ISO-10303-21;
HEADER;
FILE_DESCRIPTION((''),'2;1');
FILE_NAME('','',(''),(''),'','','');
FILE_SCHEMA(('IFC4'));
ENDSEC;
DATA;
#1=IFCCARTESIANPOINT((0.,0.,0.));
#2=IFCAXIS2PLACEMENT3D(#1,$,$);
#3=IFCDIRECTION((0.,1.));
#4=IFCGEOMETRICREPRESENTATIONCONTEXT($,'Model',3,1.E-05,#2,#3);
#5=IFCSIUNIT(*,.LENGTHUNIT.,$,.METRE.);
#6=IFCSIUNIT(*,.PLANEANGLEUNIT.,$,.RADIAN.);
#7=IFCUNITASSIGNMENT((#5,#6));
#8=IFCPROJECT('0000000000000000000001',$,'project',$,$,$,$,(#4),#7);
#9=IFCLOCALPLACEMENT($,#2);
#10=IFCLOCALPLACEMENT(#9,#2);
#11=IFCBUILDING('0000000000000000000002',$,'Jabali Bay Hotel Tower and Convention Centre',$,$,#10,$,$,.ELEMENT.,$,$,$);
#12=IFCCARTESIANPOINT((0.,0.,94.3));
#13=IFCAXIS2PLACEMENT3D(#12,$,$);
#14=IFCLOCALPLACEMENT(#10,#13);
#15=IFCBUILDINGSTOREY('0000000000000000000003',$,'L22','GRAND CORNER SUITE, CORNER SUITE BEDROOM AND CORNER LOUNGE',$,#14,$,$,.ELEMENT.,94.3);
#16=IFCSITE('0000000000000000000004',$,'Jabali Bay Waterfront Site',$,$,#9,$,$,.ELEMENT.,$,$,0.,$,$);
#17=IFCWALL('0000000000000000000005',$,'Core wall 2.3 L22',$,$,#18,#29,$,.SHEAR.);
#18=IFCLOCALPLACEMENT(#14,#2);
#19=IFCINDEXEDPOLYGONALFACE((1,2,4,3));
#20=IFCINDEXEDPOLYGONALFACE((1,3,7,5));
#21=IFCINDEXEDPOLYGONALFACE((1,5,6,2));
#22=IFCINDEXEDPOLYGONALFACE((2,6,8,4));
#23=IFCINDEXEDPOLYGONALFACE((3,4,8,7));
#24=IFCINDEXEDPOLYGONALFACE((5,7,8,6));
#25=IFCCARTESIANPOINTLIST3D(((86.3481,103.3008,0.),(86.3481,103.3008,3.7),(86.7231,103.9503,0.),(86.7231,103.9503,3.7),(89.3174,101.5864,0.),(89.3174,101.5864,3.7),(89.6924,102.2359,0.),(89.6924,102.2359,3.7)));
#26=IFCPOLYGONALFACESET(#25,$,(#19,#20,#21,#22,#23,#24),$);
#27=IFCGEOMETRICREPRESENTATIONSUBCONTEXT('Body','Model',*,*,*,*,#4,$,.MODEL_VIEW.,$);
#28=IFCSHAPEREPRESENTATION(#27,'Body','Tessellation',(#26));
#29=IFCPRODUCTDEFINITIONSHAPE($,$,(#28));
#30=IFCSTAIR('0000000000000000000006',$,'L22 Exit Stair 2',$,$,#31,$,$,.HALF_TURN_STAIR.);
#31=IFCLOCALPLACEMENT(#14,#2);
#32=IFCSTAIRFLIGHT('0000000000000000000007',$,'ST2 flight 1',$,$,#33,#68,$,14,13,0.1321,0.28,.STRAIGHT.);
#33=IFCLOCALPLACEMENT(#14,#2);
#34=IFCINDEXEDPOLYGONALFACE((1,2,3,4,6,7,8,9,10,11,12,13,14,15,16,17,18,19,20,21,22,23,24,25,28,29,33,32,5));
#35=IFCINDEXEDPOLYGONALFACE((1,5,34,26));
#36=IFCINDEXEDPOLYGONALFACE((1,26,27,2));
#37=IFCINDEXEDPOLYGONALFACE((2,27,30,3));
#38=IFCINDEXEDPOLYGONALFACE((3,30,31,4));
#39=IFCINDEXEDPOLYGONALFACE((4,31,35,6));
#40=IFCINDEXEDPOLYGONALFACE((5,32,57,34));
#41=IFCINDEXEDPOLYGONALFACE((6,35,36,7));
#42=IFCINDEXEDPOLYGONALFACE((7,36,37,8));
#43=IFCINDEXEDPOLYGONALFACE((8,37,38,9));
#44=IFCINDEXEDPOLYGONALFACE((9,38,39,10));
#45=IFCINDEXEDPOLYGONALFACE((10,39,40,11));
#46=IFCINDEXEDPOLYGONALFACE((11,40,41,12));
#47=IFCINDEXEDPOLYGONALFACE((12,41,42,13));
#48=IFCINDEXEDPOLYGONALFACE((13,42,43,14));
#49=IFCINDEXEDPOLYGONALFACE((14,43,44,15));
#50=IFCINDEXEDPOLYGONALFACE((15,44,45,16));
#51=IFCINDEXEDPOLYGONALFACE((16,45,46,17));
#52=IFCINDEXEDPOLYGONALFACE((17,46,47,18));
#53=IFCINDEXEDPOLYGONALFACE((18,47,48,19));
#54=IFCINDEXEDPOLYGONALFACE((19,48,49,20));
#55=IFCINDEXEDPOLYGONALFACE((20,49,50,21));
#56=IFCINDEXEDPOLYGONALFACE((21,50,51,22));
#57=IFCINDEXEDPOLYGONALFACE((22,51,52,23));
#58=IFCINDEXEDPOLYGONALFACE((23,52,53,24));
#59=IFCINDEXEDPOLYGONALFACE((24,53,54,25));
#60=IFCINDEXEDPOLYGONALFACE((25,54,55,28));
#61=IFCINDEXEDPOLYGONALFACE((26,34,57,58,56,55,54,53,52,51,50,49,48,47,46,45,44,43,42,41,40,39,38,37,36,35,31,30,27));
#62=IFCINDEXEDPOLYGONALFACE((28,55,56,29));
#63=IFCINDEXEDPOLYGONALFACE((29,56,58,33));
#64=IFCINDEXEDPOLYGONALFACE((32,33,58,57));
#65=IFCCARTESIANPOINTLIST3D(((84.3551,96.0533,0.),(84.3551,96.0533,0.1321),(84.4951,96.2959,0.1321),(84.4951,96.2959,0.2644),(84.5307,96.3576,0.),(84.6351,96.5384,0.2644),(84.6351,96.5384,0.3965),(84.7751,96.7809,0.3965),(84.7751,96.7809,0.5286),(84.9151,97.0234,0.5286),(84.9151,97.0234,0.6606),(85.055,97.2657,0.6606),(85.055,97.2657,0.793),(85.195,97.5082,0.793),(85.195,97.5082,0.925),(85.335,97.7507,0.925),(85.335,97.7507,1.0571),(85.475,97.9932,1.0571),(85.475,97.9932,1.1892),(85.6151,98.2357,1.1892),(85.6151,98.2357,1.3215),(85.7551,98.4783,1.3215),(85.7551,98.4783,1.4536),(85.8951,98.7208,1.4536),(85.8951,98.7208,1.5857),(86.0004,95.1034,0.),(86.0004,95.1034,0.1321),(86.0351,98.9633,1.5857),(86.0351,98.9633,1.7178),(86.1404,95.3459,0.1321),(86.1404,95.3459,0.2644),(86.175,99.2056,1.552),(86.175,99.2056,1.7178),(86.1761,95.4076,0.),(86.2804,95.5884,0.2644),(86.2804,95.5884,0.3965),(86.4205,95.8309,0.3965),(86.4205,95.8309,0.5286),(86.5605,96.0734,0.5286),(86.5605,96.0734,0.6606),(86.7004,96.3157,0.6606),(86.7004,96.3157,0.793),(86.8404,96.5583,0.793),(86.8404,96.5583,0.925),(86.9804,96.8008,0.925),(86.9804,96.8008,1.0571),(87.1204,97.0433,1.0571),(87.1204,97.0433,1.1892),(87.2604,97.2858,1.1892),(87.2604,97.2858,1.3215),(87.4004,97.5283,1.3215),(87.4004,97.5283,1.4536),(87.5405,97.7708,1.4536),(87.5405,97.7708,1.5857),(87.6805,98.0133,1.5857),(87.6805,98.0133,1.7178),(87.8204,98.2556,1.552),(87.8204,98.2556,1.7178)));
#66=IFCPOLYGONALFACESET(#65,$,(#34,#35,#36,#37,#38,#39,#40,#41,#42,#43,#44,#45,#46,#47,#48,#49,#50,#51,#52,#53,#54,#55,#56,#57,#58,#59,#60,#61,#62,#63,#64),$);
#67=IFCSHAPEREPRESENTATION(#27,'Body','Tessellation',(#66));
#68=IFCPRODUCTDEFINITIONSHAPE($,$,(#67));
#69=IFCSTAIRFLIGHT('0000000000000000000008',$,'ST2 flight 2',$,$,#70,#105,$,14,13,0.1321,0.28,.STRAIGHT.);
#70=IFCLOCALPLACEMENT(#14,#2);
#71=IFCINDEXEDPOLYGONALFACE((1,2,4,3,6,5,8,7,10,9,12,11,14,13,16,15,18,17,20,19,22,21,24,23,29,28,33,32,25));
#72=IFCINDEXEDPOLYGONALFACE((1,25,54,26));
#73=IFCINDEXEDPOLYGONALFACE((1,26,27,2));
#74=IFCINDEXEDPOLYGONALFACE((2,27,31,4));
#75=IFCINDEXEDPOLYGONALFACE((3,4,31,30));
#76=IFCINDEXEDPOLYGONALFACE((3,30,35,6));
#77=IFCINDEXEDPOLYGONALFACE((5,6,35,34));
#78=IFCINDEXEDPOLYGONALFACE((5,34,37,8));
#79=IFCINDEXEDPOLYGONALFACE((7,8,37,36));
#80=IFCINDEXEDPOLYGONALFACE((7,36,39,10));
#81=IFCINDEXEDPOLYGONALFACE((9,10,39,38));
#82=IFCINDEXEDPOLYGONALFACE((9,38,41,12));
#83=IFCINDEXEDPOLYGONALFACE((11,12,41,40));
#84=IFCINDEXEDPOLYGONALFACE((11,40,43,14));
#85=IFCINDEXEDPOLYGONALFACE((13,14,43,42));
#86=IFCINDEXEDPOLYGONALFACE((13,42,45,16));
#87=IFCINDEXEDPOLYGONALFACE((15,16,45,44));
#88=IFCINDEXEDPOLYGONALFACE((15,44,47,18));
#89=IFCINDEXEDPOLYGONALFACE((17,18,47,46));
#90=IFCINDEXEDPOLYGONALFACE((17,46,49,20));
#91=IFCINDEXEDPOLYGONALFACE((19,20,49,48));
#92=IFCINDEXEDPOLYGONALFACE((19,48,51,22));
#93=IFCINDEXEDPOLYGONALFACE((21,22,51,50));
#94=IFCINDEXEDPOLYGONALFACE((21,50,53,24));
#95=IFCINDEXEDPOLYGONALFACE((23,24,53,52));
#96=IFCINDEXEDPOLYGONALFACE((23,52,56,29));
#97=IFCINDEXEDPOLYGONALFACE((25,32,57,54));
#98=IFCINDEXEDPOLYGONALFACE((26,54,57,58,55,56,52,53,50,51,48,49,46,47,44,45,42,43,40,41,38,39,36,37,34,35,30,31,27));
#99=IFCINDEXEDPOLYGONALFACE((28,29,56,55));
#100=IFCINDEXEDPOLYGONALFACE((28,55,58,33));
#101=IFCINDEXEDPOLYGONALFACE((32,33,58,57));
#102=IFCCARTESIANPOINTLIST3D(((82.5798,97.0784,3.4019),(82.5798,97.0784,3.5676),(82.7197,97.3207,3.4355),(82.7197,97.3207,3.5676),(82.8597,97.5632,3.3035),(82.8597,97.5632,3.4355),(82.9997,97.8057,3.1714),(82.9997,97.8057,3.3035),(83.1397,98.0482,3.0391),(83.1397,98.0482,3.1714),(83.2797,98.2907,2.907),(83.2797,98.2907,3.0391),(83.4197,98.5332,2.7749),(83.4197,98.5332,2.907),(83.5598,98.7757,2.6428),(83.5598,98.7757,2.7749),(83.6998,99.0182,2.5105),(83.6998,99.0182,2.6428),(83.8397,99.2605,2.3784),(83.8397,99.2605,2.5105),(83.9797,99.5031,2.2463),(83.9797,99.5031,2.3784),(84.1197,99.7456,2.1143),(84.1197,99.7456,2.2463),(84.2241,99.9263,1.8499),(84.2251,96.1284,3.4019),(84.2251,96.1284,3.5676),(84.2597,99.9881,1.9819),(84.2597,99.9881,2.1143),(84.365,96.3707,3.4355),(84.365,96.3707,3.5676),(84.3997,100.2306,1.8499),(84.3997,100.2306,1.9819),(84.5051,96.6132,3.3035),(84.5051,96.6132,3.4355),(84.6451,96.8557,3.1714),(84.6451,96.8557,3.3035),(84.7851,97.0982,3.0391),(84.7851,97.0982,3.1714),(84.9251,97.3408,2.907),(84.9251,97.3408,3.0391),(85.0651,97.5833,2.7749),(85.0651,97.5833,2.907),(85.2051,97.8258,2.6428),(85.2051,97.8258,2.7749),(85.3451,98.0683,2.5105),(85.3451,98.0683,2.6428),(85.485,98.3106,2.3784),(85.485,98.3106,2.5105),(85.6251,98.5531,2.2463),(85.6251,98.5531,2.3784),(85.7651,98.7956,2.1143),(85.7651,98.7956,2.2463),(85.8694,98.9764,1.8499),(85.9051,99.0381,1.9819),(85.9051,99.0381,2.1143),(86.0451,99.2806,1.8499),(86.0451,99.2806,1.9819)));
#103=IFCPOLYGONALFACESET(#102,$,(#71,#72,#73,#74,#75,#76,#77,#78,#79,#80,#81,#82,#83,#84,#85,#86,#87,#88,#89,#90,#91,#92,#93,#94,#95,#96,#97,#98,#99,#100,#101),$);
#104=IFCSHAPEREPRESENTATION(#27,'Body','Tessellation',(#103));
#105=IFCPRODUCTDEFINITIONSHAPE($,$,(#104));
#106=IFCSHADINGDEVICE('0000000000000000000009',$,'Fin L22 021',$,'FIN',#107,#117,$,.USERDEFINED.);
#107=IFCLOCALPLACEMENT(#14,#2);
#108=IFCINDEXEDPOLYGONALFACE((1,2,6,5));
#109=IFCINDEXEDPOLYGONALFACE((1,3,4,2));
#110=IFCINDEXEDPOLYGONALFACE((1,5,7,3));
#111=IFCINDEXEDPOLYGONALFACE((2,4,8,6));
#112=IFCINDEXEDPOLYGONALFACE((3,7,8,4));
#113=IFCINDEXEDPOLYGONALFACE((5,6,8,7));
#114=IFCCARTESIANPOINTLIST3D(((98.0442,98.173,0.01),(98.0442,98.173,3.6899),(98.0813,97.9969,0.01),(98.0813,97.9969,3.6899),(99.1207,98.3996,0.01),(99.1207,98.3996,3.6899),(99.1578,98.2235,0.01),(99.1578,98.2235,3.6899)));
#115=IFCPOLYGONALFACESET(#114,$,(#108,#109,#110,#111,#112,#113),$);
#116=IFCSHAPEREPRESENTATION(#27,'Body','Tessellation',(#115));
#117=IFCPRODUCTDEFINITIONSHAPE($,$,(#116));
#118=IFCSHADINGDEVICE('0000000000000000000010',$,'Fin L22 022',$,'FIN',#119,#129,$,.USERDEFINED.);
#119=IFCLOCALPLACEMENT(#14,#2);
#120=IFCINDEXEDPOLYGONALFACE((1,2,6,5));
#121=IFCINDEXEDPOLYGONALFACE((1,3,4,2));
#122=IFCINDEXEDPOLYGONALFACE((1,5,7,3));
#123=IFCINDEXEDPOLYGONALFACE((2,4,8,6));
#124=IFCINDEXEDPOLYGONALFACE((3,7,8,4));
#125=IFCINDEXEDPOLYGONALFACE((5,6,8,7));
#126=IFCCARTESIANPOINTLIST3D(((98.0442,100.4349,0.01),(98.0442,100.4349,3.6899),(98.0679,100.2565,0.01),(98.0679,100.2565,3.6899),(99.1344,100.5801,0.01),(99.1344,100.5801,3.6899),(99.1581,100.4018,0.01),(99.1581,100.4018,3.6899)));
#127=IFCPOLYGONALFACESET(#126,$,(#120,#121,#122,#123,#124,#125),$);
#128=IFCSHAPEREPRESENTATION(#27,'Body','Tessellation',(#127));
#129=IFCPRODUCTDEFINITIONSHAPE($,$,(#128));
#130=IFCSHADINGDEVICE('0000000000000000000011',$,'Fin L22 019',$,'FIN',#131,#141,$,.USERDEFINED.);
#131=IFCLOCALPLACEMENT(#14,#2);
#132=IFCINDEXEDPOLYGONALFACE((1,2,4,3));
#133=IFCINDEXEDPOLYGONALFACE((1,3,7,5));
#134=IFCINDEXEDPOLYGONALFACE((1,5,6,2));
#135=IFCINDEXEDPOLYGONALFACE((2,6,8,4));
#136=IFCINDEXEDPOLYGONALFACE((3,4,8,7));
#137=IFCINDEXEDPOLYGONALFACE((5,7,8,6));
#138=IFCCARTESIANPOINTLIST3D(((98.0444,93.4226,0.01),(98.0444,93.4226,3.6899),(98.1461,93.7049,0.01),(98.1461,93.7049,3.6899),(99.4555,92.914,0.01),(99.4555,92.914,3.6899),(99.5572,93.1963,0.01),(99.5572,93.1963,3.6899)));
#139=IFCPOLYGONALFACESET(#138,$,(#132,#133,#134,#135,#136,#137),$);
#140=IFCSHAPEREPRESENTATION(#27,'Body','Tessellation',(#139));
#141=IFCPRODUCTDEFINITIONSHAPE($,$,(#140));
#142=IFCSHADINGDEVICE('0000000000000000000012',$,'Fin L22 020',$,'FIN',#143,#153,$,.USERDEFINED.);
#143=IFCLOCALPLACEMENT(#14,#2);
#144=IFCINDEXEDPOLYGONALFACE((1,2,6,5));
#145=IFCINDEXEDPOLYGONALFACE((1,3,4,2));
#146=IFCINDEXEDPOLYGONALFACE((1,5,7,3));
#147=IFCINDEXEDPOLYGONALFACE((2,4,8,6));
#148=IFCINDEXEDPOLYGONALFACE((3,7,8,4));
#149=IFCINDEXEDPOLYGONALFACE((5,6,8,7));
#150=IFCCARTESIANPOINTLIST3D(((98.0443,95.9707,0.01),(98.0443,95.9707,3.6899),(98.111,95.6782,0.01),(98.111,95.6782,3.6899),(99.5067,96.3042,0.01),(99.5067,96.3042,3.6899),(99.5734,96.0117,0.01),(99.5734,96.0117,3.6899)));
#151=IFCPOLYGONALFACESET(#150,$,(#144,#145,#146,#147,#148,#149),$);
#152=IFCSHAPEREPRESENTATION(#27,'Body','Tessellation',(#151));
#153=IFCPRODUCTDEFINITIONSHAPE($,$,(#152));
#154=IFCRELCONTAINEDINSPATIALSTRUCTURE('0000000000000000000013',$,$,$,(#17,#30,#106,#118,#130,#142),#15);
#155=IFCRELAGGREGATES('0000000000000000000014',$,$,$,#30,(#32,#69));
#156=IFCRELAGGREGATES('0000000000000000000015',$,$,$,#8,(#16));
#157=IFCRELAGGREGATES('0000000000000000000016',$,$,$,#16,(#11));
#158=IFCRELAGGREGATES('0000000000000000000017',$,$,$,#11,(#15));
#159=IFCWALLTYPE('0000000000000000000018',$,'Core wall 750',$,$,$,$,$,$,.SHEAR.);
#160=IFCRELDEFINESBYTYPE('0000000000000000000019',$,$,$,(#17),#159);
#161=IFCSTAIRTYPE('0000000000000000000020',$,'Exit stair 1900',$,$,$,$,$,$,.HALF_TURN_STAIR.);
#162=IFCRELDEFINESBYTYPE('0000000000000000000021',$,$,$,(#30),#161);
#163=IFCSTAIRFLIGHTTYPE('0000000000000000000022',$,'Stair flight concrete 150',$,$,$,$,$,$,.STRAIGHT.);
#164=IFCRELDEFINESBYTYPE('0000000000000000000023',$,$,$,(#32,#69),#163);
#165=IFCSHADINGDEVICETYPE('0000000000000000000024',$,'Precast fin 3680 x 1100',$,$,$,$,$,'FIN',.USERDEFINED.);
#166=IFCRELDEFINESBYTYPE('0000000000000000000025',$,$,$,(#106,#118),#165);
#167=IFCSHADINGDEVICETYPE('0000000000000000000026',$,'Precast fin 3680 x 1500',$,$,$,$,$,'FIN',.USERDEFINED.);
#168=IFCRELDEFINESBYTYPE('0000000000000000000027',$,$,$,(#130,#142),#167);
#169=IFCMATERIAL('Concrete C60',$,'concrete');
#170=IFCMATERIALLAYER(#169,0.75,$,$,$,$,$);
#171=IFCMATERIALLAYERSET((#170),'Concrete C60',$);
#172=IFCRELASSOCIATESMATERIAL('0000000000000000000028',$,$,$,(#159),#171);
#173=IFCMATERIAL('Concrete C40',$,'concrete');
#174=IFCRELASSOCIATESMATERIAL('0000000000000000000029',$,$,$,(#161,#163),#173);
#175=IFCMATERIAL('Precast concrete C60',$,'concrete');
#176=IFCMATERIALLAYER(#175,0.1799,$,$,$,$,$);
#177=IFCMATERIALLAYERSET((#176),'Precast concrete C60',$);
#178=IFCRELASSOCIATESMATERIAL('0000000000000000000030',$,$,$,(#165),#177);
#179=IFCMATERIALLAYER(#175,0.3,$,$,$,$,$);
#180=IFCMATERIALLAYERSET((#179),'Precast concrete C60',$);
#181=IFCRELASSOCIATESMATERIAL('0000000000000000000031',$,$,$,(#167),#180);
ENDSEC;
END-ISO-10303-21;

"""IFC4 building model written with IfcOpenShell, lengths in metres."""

from ifc_helpers import new_model, si_unit, direction, frame, frame_2d, origin, place, context, subcontext, project, spatial, polyline, rectangle, outline, extrude, material, layer, layer_set, type_object, element, aggregate, save


model = new_model("IFC4")

# Units and contexts
model_context = context("Model", 3, precision=1e-05, world=origin(), true_north=direction((0.0, 1.0)))
body_context = subcontext(model_context, "Body", "Model", "MODEL_VIEW")
ifc_project = project(units=[si_unit("LENGTHUNIT", "METRE"), si_unit("PLANEANGLEUNIT", "RADIAN")], contexts=[model_context])

# Site, building, storey
site_placement = place(None, origin())
site = spatial("IfcSite", under=ifc_project, at=site_placement, Name="Jabali Bay Waterfront Site", CompositionType="ELEMENT", RefElevation=0.0)
building_placement = place(site_placement, origin())
building = spatial("IfcBuilding", under=site, at=building_placement, Name="Jabali Bay Hotel Tower and Convention Centre", CompositionType="ELEMENT")
storey_placement = place(building_placement, frame((0.0, 0.0, 94.3)))
storey = spatial("IfcBuildingStorey", under=building, at=storey_placement, Name="L22", Description="GRAND CORNER SUITE, CORNER SUITE BEDROOM AND CORNER LOUNGE", CompositionType="ELEMENT", Elevation=94.3)

# Shared definitions
ifc_material_1 = material(Name="Concrete C60", Category="concrete")

# Shared definitions
ifc_material_2 = material(Name="Concrete C40", Category="concrete")

# Wall
ifc_layer_1 = layer(ifc_material_1, 0.75)
ifc_layer_set_1 = layer_set([ifc_layer_1], Name="Concrete C60")
wall_type_1 = type_object("IfcWallType", Name="Core wall 750", PredefinedType="SHEAR", material=ifc_layer_set_1)
wall_1_placement = place(storey_placement, frame((89.5049, 101.9111, 0.0), z_axis=(0.0, 0.0, 1.0), x_axis=(-0.866017, 0.500014, 0.0)))
element("IfcWall", 1, at=wall_1_placement, inside=storey, type_object=wall_type_1, Name="Core wall 2.3 L22", PredefinedType="SHEAR", context=body_context, shape_type="SweptSolid", body=[
    extrude(rectangle(XDim=3.4287, YDim=0.75, at=frame_2d((1.7144, 0.0))), origin(), (0.0, 0.0, 1.0), 3.7),
])

# Stair, stair flights
stair_type = type_object("IfcStairType", Name="Exit stair 1900", PredefinedType="HALF_TURN_STAIR", material=ifc_material_2)
stair_placement = place(storey_placement, origin())
stair = element("IfcStair", 2, at=stair_placement, inside=storey, type_object=stair_type, Name="L22 Exit Stair 2", PredefinedType="HALF_TURN_STAIR")
stair_flight_type = type_object("IfcStairFlightType", Name="Stair flight concrete 150", PredefinedType="STRAIGHT", material=ifc_material_2)
stair_flight_1_placement = place(storey_placement, frame((85.1777, 95.5784, 0.0), z_axis=(0.0, 0.0, 1.0), x_axis=(0.5, 0.866025, 0.0)))
stair_flight_1 = element("IfcStairFlight", 3, at=stair_flight_1_placement, type_object=stair_flight_type, Name="ST2 flight 1", NumberOfRisers=14, NumberOfTreads=13, PredefinedType="STRAIGHT", RiserHeight=0.1321, TreadLength=0.28, context=body_context, shape_type="SweptSolid", body=[
    extrude(outline(polyline([(0.0, 0.0), (0.0, 0.1321), (0.28, 0.1321), (0.28, 0.2644), (0.5601, 0.2644), (0.5601, 0.3965), (0.8401, 0.3965), (0.8401, 0.5286), (1.1201, 0.5286), (1.1201, 0.6606), (1.3999, 0.6606), (1.3999, 0.793), (1.6799, 0.793), (1.6799, 0.925), (1.96, 0.925), (1.96, 1.0571), (2.24, 1.0571), (2.24, 1.1892), (2.52, 1.1892), (2.52, 1.3215), (2.8, 1.3215), (2.8, 1.4536), (3.0801, 1.4536), (3.0801, 1.5857), (3.3601, 1.5857), (3.3601, 1.7178), (3.6399, 1.7178), (3.6399, 1.8501), (3.6399, 1.552), (0.3513, 0.0), (0.0, 0.0)])), frame((0.0, 0.95, 0.0), z_axis=(0.0, -1.0, 0.0), x_axis=(1.0, 0.0, 0.0)), (0.0, 0.0, 1.0), 1.8999),
])
stair_flight_2_placement = place(storey_placement, frame((85.2224, 99.7556, 1.8499), z_axis=(0.0, 0.0, 1.0), x_axis=(-0.5, -0.866025, 0.0)))
stair_flight_2 = element("IfcStairFlight", 4, at=stair_flight_2_placement, type_object=stair_flight_type, Name="ST2 flight 2", NumberOfRisers=14, NumberOfTreads=13, PredefinedType="STRAIGHT", RiserHeight=0.1321, TreadLength=0.28, context=body_context, shape_type="SweptSolid", body=[
    extrude(outline(polyline([(0.0, 0.0), (0.0, 0.1321), (0.28, 0.1321), (0.28, 0.2644), (0.5601, 0.2644), (0.5601, 0.3965), (0.8401, 0.3965), (0.8401, 0.5286), (1.1201, 0.5286), (1.1201, 0.6606), (1.3999, 0.6606), (1.3999, 0.793), (1.6799, 0.793), (1.6799, 0.925), (1.96, 0.925), (1.96, 1.0571), (2.24, 1.0571), (2.24, 1.1892), (2.52, 1.1892), (2.52, 1.3215), (2.8, 1.3215), (2.8, 1.4536), (3.0801, 1.4536), (3.0801, 1.5857), (3.3601, 1.5857), (3.3601, 1.7178), (3.6399, 1.7178), (3.6399, 1.8501), (3.6399, 1.552), (0.3513, 0.0), (0.0, 0.0)])), frame((0.0, 0.95, 0.0), z_axis=(0.0, -1.0, 0.0), x_axis=(1.0, 0.0, 0.0)), (0.0, 0.0, 1.0), 1.8999),
])
aggregate(stair, [stair_flight_1, stair_flight_2])

# Shading devices
ifc_material_3 = material(Name="Precast concrete C60", Category="concrete")
ifc_layer_2 = layer(ifc_material_3, 0.1799)
ifc_layer_set_2 = layer_set([ifc_layer_2], Name="Precast concrete C60")
shading_device_type_1 = type_object("IfcShadingDeviceType", Name="Precast fin 3680 x 1100", ElementType="FIN", PredefinedType="USERDEFINED", material=ifc_layer_set_2)
shading_device_1_placement = place(storey_placement, frame((98.0627, 98.085, 0.01), z_axis=(0.0, 0.0, 1.0), x_axis=(0.978559, 0.205966, 0.0)))
element("IfcShadingDevice", 5, at=shading_device_1_placement, inside=storey, type_object=shading_device_type_1, Name="Fin L22 021", ObjectType="FIN", PredefinedType="USERDEFINED", context=body_context, shape_type="SweptSolid", body=[
    extrude(rectangle(XDim=1.1001, YDim=0.1799, at=frame_2d((0.55, 0.0))), origin(), (0.0, 0.0, 1.0), 3.6799),
])
shading_device_2_placement = place(storey_placement, frame((98.0562, 100.3457, 0.01), z_axis=(0.0, 0.0, 1.0), x_axis=(0.991241, 0.132062, 0.0)))
element("IfcShadingDevice", 6, at=shading_device_2_placement, inside=storey, type_object=shading_device_type_1, Name="Fin L22 022", ObjectType="FIN", PredefinedType="USERDEFINED", context=body_context, shape_type="SweptSolid", body=[
    extrude(rectangle(XDim=1.0999, YDim=0.1799, at=frame_2d((0.5498, 0.0))), origin(), (0.0, 0.0, 1.0), 3.6799),
])
ifc_layer_3 = layer(ifc_material_3, 0.3)
ifc_layer_set_3 = layer_set([ifc_layer_3], Name="Precast concrete C60")
shading_device_type_2 = type_object("IfcShadingDeviceType", Name="Precast fin 3680 x 1500", ElementType="FIN", PredefinedType="USERDEFINED", material=ifc_layer_set_3)
for number, where, z_axis, x_axis, name in (
    (7, (98.0952, 93.5637, 0.01), (0.0, 0.0, 1.0), (0.940773, -0.339036, 0.0), "Fin L22 019"),
    (8, (98.0776, 95.8245, 0.01), (0.0, 0.0, 1.0), (0.97497, 0.222339, 0.0), "Fin L22 020"),
):
    element("IfcShadingDevice", number, at=place(storey_placement, frame(where, z_axis=z_axis, x_axis=x_axis)), inside=storey, type_object=shading_device_type_2, Name=name, ObjectType="FIN", PredefinedType="USERDEFINED", context=body_context, shape_type="SweptSolid", body=[
        extrude(rectangle(XDim=1.5, YDim=0.3, at=frame_2d((0.75, 0.0))), origin(), (0.0, 0.0, 1.0), 3.6799),
    ])

save(model, "model.ifc")
